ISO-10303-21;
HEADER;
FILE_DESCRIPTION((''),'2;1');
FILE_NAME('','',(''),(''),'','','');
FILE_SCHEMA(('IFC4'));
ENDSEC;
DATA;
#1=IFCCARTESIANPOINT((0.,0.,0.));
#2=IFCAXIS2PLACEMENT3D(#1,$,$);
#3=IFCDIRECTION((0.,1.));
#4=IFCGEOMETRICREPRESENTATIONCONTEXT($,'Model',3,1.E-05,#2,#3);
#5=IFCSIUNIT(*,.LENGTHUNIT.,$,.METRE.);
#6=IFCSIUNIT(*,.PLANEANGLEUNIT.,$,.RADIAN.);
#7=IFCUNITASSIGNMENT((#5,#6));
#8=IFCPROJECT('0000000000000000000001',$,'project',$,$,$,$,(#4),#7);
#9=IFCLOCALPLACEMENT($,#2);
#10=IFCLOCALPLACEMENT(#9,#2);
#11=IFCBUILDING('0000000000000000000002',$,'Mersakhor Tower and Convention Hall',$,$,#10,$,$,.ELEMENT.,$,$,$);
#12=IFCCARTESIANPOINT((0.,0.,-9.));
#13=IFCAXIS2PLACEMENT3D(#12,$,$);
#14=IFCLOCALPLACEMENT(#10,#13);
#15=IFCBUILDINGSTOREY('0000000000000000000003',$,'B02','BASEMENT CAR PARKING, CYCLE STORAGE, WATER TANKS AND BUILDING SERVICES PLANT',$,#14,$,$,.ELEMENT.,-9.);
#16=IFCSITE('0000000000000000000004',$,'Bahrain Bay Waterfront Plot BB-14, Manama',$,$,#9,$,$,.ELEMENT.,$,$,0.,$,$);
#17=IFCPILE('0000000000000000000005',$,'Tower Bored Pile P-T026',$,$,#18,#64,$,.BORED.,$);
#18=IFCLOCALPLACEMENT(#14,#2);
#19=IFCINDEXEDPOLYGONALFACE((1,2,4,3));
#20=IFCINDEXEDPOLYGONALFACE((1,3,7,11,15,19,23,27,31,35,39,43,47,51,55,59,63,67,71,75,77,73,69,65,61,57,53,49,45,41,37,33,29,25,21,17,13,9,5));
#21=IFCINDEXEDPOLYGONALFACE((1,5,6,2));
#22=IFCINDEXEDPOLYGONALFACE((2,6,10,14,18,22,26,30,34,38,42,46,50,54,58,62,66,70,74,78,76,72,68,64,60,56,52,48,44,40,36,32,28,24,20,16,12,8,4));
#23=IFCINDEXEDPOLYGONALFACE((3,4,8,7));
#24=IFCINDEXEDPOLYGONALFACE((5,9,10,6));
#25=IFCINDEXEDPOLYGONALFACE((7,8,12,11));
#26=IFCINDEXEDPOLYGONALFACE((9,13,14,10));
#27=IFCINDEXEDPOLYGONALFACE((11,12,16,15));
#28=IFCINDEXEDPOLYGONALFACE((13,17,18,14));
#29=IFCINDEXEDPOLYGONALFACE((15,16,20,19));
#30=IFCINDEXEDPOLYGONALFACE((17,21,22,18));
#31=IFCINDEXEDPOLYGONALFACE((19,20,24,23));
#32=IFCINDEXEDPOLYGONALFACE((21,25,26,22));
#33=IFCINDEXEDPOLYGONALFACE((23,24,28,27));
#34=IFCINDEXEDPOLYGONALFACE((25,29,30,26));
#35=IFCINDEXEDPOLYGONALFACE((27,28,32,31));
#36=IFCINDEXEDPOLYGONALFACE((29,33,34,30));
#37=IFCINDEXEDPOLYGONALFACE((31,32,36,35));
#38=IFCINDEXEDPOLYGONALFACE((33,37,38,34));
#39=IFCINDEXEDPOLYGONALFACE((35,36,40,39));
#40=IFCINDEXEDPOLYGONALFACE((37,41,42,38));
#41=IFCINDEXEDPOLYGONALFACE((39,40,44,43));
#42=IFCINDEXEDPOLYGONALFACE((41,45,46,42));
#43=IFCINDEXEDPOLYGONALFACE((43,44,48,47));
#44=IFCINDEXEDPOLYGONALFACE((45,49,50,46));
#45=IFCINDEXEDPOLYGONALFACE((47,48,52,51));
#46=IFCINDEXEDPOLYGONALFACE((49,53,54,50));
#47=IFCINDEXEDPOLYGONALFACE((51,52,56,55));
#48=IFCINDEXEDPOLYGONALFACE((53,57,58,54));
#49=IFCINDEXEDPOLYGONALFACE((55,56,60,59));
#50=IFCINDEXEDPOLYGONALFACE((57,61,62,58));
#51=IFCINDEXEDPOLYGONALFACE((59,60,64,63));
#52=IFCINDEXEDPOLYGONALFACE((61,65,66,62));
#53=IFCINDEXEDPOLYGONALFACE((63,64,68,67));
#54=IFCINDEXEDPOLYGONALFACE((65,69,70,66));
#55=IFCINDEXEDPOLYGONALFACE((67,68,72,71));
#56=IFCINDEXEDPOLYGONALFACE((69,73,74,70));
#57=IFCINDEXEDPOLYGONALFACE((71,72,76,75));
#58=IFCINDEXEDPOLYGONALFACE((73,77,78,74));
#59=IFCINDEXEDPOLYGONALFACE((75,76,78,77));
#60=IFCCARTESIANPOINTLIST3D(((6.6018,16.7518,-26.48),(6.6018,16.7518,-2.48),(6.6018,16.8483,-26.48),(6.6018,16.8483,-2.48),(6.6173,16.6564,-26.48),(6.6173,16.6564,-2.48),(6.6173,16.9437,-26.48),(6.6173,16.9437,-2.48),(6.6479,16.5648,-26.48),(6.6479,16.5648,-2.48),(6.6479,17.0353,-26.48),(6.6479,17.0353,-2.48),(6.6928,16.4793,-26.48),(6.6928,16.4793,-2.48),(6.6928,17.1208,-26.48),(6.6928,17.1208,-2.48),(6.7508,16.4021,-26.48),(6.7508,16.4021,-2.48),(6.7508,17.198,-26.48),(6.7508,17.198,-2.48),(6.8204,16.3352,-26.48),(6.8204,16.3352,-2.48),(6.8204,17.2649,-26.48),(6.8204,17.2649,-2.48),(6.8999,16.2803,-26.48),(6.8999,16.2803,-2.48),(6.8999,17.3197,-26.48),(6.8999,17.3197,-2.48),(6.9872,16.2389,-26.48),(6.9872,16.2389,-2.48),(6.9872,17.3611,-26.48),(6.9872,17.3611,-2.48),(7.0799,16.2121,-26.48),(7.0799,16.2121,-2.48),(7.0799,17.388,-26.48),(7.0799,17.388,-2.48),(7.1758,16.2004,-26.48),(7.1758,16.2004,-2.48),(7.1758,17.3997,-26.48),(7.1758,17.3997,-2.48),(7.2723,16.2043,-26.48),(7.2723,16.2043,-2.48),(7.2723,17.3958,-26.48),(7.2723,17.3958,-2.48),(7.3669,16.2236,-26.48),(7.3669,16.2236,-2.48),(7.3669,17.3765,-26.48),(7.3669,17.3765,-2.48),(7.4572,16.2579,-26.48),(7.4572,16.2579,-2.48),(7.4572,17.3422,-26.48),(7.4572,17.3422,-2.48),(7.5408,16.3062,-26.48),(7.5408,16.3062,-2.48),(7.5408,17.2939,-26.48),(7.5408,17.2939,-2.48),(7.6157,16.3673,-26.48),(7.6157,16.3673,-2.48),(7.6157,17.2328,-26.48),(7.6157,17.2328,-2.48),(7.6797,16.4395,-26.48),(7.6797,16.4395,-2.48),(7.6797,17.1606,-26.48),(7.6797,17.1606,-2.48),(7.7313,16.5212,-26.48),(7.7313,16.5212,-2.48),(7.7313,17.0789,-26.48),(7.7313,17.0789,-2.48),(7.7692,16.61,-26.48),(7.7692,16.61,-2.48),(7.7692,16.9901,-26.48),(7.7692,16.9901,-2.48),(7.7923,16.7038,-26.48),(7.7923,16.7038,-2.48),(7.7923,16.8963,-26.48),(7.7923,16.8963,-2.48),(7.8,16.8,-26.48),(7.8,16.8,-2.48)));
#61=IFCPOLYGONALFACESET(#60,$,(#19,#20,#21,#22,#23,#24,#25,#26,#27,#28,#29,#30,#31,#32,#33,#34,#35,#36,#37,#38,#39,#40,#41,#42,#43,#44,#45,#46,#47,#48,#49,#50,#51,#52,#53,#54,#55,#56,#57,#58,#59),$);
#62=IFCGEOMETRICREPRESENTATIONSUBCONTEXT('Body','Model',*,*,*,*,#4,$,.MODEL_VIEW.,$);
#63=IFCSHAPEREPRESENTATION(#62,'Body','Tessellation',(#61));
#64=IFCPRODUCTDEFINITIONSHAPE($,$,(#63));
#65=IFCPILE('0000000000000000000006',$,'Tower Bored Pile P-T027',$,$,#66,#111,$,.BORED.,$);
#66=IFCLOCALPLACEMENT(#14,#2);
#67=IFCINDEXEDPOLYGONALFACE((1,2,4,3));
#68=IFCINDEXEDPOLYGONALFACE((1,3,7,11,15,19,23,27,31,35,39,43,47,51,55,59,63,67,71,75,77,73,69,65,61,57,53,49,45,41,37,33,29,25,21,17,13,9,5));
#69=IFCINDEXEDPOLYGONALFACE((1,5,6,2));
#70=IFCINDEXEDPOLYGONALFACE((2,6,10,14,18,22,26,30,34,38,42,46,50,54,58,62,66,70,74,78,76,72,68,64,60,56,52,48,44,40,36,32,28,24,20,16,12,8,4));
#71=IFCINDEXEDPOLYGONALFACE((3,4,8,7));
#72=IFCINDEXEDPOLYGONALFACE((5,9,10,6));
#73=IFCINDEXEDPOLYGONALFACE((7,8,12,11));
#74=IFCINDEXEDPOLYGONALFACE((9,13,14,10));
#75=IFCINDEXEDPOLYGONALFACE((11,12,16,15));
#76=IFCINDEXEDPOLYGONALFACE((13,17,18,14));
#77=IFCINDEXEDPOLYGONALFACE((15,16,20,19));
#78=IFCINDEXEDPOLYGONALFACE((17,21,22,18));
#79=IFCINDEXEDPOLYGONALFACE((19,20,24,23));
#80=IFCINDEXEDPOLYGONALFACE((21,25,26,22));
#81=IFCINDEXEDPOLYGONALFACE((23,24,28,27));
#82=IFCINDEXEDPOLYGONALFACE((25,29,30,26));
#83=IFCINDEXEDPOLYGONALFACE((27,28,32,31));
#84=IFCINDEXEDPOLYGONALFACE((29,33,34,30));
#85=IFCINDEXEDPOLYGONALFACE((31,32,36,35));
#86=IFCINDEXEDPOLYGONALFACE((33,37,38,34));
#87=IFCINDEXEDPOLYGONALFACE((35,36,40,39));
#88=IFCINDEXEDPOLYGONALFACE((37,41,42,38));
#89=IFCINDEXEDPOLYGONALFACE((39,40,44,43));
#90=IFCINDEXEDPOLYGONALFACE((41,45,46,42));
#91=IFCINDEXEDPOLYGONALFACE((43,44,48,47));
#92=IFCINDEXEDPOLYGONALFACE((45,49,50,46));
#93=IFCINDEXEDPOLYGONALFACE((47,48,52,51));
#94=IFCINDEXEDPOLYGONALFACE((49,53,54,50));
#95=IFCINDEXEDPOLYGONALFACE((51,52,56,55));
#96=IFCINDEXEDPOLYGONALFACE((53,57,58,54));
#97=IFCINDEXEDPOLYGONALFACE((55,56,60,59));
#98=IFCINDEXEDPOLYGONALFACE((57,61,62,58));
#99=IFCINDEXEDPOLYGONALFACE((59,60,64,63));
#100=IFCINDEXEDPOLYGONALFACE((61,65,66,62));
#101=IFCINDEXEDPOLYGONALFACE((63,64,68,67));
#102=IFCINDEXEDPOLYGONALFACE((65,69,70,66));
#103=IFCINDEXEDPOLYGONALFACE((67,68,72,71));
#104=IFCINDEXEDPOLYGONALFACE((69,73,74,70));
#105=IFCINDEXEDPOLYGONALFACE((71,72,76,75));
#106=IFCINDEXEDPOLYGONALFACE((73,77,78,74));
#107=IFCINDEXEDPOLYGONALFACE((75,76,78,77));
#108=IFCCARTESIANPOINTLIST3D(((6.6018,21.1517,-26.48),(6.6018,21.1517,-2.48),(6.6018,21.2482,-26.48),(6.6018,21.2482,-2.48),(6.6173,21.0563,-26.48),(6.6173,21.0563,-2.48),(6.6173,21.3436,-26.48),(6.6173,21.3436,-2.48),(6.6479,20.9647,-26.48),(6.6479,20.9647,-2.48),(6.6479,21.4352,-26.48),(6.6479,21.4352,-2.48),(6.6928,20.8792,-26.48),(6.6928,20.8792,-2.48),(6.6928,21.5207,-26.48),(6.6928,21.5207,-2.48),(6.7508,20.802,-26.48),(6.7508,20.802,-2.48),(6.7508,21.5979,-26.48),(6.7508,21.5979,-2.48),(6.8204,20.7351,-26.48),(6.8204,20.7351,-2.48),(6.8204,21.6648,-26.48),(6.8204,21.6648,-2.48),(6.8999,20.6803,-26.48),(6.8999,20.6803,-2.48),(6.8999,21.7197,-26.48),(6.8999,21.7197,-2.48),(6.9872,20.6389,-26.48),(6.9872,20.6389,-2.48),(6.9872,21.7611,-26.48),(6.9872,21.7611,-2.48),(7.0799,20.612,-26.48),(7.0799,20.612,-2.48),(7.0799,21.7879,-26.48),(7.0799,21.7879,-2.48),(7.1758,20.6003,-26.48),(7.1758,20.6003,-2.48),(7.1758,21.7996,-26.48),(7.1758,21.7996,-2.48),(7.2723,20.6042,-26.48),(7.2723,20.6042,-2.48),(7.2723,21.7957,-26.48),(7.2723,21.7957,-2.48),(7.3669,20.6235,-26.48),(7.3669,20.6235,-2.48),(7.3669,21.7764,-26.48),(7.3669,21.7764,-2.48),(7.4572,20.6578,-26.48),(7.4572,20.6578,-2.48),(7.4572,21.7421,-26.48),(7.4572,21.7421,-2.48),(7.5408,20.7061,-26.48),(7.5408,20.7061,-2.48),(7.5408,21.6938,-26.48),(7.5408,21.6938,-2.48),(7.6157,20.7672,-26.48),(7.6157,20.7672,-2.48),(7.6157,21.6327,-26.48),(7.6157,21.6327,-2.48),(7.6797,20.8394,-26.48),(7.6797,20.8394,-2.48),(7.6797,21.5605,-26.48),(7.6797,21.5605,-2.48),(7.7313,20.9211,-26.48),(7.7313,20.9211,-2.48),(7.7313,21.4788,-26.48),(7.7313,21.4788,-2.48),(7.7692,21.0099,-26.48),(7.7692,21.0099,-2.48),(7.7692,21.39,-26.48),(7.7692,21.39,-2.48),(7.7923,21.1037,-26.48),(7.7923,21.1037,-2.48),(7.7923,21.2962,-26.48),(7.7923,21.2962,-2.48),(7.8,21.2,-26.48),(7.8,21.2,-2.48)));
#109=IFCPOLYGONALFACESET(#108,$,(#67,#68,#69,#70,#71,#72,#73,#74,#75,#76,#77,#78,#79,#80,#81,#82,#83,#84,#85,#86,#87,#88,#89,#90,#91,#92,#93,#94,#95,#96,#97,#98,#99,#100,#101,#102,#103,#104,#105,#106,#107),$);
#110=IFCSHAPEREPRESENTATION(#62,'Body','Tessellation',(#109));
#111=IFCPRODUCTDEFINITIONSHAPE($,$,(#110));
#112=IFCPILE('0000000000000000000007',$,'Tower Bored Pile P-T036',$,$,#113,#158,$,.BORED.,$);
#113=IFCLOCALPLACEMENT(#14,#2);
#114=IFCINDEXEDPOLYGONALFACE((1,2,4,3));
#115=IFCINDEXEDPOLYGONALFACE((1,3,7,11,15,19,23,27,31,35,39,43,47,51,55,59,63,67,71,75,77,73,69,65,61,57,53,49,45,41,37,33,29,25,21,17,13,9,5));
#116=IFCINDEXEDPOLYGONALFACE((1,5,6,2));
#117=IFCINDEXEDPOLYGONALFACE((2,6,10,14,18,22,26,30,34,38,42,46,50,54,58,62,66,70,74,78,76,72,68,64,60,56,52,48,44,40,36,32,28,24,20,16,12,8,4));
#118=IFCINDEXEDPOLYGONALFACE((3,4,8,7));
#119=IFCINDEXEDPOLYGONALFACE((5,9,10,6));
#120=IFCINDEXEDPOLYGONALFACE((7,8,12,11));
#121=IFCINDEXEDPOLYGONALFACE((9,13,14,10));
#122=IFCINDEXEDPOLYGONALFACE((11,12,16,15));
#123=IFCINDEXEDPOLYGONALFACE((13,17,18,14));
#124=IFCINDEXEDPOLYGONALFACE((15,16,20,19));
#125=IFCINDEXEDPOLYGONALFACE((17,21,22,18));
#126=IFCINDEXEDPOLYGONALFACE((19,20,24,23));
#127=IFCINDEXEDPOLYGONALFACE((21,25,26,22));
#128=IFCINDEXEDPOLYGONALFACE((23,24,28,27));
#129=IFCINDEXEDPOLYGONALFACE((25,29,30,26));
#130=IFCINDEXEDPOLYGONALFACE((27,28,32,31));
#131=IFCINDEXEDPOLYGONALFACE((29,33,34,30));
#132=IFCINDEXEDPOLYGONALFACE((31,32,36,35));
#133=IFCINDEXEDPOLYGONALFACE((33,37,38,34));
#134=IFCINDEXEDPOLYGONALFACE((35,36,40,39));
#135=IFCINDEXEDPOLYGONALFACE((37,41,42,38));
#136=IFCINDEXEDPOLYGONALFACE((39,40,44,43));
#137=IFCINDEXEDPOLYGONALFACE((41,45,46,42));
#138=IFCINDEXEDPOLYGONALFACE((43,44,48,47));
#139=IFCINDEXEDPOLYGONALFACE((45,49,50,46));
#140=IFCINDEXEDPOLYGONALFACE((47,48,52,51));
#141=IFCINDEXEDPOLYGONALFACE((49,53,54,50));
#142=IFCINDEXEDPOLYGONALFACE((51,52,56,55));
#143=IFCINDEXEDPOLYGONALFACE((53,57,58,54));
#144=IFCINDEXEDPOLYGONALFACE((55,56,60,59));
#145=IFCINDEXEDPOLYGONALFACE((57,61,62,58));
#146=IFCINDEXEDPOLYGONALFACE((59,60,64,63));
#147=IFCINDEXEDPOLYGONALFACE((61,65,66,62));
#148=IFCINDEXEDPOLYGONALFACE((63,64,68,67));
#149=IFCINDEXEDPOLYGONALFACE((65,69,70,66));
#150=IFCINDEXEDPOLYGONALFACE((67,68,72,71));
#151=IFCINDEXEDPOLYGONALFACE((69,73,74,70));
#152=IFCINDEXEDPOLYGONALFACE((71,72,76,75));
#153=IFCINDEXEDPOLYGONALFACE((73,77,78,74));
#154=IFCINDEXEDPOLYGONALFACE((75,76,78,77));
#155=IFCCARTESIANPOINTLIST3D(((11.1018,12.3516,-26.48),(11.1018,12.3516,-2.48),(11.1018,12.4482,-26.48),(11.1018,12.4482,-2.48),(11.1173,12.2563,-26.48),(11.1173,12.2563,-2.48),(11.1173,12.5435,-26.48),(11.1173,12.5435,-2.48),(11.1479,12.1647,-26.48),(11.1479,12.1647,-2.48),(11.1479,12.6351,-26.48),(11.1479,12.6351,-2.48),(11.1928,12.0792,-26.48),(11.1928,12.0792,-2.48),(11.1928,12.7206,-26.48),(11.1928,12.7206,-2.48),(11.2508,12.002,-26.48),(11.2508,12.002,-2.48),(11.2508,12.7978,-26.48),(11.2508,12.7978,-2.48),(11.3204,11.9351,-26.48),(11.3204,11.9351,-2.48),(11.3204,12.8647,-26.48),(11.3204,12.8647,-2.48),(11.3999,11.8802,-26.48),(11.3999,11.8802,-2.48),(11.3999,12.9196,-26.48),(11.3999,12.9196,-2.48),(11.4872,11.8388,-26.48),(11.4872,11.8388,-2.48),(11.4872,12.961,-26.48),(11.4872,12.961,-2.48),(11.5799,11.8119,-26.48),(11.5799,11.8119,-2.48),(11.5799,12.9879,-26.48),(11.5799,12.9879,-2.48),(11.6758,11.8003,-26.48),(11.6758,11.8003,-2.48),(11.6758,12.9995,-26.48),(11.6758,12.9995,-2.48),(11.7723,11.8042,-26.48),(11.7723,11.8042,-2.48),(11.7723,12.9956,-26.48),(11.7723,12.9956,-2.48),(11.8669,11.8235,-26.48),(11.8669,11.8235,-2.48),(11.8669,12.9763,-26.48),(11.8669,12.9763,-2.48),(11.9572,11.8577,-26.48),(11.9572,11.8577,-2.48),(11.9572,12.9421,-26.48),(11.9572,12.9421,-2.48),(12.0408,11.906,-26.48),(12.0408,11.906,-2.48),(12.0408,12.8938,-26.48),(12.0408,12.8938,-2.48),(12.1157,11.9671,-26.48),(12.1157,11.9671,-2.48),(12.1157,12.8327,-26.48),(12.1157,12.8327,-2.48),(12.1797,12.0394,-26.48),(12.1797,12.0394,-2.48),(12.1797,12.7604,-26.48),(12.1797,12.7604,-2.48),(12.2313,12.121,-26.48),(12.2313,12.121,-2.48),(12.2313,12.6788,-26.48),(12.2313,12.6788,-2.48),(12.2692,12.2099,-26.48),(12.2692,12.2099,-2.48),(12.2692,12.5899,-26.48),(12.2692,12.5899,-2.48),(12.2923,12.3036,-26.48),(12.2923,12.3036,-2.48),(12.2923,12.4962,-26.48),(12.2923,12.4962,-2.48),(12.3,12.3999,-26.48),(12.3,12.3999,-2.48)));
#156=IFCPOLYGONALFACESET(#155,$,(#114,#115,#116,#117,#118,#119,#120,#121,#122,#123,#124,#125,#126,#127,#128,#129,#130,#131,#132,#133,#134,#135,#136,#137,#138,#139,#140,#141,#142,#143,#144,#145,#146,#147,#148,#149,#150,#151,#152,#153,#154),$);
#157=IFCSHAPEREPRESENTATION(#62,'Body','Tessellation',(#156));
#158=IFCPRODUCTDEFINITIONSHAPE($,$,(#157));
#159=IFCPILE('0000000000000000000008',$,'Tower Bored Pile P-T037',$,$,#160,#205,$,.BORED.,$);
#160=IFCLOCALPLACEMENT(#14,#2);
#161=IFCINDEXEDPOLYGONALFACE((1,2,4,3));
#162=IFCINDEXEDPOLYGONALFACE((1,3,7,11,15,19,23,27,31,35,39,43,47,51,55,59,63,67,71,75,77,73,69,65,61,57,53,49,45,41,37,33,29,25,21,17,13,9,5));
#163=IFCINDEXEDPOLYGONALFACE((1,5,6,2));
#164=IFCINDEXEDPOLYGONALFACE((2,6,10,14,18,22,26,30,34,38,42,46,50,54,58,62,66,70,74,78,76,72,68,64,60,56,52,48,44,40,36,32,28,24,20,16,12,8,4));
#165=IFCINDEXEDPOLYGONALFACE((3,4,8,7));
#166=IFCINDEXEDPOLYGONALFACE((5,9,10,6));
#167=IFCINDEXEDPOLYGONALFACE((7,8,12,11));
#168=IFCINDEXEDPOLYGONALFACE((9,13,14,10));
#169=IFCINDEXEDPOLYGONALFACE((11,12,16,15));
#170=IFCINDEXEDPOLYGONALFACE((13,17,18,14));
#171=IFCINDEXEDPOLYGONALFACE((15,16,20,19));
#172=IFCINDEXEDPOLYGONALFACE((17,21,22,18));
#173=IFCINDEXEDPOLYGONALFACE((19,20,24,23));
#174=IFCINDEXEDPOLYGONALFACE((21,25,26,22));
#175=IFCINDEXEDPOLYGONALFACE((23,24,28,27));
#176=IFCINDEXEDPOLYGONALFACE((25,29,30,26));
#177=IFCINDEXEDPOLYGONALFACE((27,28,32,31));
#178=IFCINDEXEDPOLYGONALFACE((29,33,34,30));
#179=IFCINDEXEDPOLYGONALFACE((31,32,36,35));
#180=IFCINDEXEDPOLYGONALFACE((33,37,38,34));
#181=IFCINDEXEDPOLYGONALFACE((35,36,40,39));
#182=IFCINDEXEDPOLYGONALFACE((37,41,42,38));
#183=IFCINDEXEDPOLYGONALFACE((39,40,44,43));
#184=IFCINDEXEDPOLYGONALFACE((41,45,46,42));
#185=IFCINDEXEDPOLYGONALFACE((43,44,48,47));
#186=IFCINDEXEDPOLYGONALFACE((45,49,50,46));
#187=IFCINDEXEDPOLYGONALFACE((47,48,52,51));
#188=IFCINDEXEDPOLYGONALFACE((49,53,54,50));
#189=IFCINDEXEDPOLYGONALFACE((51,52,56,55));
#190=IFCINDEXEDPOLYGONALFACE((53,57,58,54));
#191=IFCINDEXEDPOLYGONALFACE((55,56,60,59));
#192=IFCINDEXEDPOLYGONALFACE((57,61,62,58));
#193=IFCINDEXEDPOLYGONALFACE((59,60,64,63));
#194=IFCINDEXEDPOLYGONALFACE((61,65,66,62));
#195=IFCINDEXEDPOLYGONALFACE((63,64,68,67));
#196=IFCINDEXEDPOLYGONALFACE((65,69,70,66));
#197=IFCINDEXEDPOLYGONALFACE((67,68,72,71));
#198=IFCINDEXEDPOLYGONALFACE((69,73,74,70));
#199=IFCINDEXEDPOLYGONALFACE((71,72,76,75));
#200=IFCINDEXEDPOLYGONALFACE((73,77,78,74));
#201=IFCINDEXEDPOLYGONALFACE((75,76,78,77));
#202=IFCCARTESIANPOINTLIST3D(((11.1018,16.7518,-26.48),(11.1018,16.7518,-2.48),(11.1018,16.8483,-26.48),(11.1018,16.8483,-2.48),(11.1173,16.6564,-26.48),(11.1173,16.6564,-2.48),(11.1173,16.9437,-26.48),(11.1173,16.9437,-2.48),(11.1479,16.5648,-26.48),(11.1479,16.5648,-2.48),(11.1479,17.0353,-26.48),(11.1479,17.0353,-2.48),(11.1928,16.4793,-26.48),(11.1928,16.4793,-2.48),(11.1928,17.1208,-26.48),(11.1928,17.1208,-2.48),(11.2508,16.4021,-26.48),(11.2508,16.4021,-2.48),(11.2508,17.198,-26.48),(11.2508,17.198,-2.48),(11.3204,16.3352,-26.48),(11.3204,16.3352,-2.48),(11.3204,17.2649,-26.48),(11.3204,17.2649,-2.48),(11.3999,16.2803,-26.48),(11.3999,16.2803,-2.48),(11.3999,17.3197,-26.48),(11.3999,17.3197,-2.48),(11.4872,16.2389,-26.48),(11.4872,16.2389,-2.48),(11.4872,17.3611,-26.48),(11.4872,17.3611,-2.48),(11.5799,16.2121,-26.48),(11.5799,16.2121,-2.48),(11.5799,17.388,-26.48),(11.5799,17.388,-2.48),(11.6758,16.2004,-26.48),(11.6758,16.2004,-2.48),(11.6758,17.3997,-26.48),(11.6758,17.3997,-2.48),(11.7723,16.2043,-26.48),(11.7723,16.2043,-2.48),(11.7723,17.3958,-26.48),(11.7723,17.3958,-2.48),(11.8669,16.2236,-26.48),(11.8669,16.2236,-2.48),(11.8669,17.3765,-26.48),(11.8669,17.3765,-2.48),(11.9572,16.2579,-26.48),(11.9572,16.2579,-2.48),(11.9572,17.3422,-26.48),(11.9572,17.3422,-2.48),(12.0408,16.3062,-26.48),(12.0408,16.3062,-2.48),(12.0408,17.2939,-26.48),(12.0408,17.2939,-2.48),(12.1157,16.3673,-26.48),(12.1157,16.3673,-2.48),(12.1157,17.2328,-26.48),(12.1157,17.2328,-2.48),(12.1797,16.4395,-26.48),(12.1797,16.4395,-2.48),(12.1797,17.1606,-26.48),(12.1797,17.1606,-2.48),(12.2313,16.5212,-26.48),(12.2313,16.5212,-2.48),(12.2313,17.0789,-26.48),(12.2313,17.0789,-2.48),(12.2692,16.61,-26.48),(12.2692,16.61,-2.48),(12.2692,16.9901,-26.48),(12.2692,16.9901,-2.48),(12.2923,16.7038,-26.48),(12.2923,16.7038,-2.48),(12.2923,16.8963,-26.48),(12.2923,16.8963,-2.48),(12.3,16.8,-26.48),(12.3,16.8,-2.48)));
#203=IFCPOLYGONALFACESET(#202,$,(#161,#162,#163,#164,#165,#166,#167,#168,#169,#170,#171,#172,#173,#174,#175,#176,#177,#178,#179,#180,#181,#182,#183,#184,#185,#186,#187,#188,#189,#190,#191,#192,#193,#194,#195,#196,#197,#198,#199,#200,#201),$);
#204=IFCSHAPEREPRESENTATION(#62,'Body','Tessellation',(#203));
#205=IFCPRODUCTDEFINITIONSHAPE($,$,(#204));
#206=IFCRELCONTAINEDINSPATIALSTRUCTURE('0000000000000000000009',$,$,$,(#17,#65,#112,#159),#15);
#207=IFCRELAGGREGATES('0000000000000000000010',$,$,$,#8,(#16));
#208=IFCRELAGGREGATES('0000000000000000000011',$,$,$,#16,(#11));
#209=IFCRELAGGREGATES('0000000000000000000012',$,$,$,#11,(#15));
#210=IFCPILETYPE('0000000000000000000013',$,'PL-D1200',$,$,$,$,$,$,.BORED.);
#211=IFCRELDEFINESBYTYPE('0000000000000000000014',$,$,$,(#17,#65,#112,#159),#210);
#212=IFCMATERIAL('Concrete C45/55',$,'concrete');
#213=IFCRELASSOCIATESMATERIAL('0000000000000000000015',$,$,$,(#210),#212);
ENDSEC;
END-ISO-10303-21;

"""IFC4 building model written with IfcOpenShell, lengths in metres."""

from ifc_helpers import new_model, si_unit, direction, frame, origin, origin_2d, place, context, subcontext, project, spatial, circle, extrude, material, material_profile, profile_set, type_object, element, save


model = new_model("IFC4")

# Units and contexts
model_context = context("Model", 3, precision=1e-05, world=origin(), true_north=direction((0.0, 1.0)))
body_context = subcontext(model_context, "Body", "Model", "MODEL_VIEW")
ifc_project = project(units=[si_unit("LENGTHUNIT", "METRE"), si_unit("PLANEANGLEUNIT", "RADIAN")], contexts=[model_context])

# Site, building, storey
site_placement = place(None, origin())
site = spatial("IfcSite", under=ifc_project, at=site_placement, Name="Bahrain Bay Waterfront Plot BB-14, Manama", CompositionType="ELEMENT", RefElevation=0.0)
building_placement = place(site_placement, origin())
building = spatial("IfcBuilding", under=site, at=building_placement, Name="Mersakhor Tower and Convention Hall", CompositionType="ELEMENT")
storey_placement = place(building_placement, frame((0.0, 0.0, -9.0)))
storey = spatial("IfcBuildingStorey", under=building, at=storey_placement, Name="B02", Description="BASEMENT CAR PARKING, CYCLE STORAGE, WATER TANKS AND BUILDING SERVICES PLANT", CompositionType="ELEMENT", Elevation=-9.0)

# Piles
ifc_material_1 = material(Name="Concrete C45/55", Category="concrete")
ifc_material_profile_1 = material_profile(ifc_material_1, circle(Radius=0.6001, at=origin_2d()), Name="PILE D1200")
ifc_profile_set_1 = profile_set([ifc_material_profile_1], Name="Concrete C45/55")
pile_type = type_object("IfcPileType", Name="PL-D1200", PredefinedType="BORED", material=ifc_profile_set_1)
for number, where, z_axis, x_axis, name in (
    (1, (7.2, 16.8, -2.48), (0.0, 0.0, -1.0), (1.0, 0.0, 0.0), "Tower Bored Pile P-T026"),
    (2, (7.2, 21.2, -2.48), (0.0, 0.0, -1.0), (1.0, 0.0, 0.0), "Tower Bored Pile P-T027"),
    (3, (11.7, 12.3999, -2.48), (0.0, 0.0, -1.0), (1.0, 0.0, 0.0), "Tower Bored Pile P-T036"),
    (4, (11.7, 16.8, -2.48), (0.0, 0.0, -1.0), (1.0, 0.0, 0.0), "Tower Bored Pile P-T037"),
):
    element("IfcPile", number, at=place(storey_placement, frame(where, z_axis=z_axis, x_axis=x_axis)), inside=storey, type_object=pile_type, Name=name, PredefinedType="BORED", context=body_context, shape_type="SweptSolid", body=[
        extrude(circle(Radius=0.6001, at=origin_2d()), origin(), (0.0, 0.0, 1.0), 24.0),
    ])

save(model, "model.ifc")
